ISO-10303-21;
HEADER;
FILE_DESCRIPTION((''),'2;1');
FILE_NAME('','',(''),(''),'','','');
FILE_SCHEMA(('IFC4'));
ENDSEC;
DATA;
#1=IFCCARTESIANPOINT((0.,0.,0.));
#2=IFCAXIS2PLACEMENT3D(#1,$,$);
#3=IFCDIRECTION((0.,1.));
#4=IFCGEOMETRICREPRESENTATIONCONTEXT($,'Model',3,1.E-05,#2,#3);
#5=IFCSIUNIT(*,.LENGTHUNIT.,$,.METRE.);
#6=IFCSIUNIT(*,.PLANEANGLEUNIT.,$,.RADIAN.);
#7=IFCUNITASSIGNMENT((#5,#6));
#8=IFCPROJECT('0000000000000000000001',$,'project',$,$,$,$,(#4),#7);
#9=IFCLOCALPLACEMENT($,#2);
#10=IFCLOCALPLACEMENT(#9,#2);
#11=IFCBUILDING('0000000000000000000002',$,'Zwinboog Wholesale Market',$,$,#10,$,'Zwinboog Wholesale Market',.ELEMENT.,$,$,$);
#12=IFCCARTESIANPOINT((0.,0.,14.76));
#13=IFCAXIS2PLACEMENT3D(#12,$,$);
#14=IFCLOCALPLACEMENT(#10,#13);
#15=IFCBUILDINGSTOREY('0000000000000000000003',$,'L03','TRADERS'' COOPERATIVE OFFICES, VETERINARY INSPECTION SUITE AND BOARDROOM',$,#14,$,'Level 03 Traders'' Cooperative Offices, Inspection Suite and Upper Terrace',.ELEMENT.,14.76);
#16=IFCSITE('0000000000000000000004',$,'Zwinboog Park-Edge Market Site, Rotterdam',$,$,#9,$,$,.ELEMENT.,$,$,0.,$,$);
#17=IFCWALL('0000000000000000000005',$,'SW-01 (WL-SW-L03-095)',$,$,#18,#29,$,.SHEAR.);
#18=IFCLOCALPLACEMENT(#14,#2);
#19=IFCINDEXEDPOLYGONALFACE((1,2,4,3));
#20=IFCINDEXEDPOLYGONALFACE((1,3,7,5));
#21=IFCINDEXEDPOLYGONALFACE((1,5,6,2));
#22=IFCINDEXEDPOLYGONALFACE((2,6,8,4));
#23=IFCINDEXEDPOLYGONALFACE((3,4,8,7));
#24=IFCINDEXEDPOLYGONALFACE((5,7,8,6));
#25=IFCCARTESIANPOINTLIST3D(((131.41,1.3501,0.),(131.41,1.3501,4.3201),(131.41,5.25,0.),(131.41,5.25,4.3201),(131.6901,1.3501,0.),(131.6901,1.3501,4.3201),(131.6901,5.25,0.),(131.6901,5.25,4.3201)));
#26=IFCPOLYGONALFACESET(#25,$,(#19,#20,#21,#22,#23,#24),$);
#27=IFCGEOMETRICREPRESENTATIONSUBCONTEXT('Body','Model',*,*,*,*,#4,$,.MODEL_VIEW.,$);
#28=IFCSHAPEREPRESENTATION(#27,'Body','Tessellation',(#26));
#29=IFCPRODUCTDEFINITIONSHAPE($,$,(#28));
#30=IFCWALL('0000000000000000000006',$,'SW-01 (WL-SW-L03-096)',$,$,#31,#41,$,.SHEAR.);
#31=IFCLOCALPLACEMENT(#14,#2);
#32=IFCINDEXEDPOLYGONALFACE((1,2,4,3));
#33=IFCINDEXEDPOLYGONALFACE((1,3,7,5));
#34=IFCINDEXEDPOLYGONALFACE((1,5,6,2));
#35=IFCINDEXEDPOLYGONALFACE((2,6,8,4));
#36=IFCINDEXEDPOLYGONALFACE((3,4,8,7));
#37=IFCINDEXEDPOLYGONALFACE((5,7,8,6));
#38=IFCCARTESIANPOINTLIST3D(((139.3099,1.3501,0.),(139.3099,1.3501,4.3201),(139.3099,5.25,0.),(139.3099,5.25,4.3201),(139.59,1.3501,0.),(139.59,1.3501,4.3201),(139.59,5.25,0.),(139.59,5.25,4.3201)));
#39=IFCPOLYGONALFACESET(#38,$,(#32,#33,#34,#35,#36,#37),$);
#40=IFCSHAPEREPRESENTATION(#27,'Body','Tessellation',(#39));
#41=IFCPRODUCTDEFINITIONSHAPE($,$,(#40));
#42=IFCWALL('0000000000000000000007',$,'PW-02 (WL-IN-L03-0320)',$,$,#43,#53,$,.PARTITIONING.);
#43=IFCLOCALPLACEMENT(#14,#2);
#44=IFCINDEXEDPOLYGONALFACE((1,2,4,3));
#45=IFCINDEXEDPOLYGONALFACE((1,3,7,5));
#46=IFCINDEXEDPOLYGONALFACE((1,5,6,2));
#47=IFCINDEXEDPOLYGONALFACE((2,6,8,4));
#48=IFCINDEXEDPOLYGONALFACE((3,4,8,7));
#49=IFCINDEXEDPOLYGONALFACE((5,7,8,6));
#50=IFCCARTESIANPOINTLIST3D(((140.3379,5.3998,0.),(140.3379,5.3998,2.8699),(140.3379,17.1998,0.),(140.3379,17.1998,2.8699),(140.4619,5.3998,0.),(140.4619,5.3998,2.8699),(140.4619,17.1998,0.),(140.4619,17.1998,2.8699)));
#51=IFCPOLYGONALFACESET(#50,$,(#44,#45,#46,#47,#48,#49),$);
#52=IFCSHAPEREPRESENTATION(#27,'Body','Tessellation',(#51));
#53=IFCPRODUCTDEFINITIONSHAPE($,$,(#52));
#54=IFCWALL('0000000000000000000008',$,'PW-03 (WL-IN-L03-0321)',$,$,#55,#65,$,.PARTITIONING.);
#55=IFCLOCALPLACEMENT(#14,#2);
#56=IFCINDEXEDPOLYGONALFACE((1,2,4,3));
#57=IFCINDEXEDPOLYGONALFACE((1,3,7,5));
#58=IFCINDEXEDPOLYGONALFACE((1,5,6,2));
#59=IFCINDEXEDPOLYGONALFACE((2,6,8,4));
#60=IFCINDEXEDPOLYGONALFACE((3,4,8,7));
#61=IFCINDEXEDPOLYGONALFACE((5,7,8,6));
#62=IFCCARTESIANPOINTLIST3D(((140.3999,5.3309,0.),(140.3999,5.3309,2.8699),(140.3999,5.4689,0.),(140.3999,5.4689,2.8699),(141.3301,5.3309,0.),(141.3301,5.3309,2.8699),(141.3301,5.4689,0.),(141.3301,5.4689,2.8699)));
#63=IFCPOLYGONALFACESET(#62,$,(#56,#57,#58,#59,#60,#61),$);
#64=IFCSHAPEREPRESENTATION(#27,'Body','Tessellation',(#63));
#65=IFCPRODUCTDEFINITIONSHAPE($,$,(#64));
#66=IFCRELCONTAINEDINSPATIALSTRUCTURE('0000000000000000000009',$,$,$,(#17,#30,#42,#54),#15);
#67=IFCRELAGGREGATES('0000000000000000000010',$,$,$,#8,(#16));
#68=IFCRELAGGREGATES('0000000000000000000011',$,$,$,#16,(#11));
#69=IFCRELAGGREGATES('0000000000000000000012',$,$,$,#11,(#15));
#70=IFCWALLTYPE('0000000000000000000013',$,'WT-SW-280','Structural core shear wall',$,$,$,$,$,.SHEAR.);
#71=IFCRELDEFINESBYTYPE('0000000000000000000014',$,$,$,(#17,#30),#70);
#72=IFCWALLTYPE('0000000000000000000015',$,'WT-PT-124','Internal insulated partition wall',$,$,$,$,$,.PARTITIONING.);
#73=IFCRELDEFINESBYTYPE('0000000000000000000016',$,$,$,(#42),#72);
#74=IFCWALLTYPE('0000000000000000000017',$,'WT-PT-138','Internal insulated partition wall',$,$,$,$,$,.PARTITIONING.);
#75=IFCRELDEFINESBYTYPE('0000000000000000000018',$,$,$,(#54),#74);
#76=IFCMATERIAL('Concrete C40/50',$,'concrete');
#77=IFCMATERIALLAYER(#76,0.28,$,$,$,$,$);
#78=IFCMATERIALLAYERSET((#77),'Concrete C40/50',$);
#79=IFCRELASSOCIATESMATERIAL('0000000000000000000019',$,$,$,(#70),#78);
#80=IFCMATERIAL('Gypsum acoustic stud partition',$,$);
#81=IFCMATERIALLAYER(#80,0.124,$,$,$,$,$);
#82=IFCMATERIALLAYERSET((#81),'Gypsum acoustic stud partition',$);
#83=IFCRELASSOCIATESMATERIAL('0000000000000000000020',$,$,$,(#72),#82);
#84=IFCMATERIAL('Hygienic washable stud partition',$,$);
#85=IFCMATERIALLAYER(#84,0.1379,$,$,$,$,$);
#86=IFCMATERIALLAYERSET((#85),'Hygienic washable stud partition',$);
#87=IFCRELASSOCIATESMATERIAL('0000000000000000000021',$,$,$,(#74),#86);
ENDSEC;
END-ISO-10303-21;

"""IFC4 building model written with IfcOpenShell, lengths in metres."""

from ifc_helpers import new_model, si_unit, direction, frame, frame_2d, origin, place, context, subcontext, project, spatial, rectangle, extrude, material, layer, layer_set, type_object, element, save


model = new_model("IFC4")

# Units and contexts
model_context = context("Model", 3, precision=1e-05, world=origin(), true_north=direction((0.0, 1.0)))
body_context = subcontext(model_context, "Body", "Model", "MODEL_VIEW")
ifc_project = project(units=[si_unit("LENGTHUNIT", "METRE"), si_unit("PLANEANGLEUNIT", "RADIAN")], contexts=[model_context])

# Site, building, storey
site_placement = place(None, origin())
site = spatial("IfcSite", under=ifc_project, at=site_placement, Name="Zwinboog Park-Edge Market Site, Rotterdam", CompositionType="ELEMENT", RefElevation=0.0)
building_placement = place(site_placement, origin())
building = spatial("IfcBuilding", under=site, at=building_placement, Name="Zwinboog Wholesale Market", LongName="Zwinboog Wholesale Market", CompositionType="ELEMENT")
storey_placement = place(building_placement, frame((0.0, 0.0, 14.76)))
storey = spatial("IfcBuildingStorey", under=building, at=storey_placement, Name="L03", Description="TRADERS' COOPERATIVE OFFICES, VETERINARY INSPECTION SUITE AND BOARDROOM", LongName="Level 03 Traders' Cooperative Offices, Inspection Suite and Upper Terrace", CompositionType="ELEMENT", Elevation=14.76)

# Shared definitions
ifc_material_1 = material(Name="Concrete C40/50", Category="concrete")
ifc_layer_1 = layer(ifc_material_1, 0.28)
ifc_layer_set_1 = layer_set([ifc_layer_1], Name="Concrete C40/50")
wall_type_1 = type_object("IfcWallType", Name="WT-SW-280", Description="Structural core shear wall", PredefinedType="SHEAR", material=ifc_layer_set_1)

# Walls
for number, where, z_axis, x_axis, name in (
    (1, (131.55, 1.3501, 0.0), (0.0, 0.0, 1.0), (0.0, 1.0, 0.0), "SW-01 (WL-SW-L03-095)"),
    (2, (139.45, 1.3501, 0.0), (0.0, 0.0, 1.0), (0.0, 1.0, 0.0), "SW-01 (WL-SW-L03-096)"),
):
    element("IfcWall", number, at=place(storey_placement, frame(where, z_axis=z_axis, x_axis=x_axis)), inside=storey, type_object=wall_type_1, Name=name, PredefinedType="SHEAR", context=body_context, shape_type="SweptSolid", body=[
        extrude(rectangle(XDim=3.8999, YDim=0.28, at=frame_2d((1.95, 0.0))), origin(), (0.0, 0.0, 1.0), 4.3201),
    ])
ifc_material_2 = material(Name="Gypsum acoustic stud partition")
ifc_layer_2 = layer(ifc_material_2, 0.124)
ifc_layer_set_2 = layer_set([ifc_layer_2], Name="Gypsum acoustic stud partition")
wall_type_2 = type_object("IfcWallType", Name="WT-PT-124", Description="Internal insulated partition wall", PredefinedType="PARTITIONING", material=ifc_layer_set_2)
wall_1_placement = place(storey_placement, frame((140.3999, 5.3999, 0.0), z_axis=(0.0, 0.0, 1.0), x_axis=(0.0, 1.0, 0.0)))
element("IfcWall", 3, at=wall_1_placement, inside=storey, type_object=wall_type_2, Name="PW-02 (WL-IN-L03-0320)", PredefinedType="PARTITIONING", context=body_context, shape_type="SweptSolid", body=[
    extrude(rectangle(XDim=11.8, YDim=0.124, at=frame_2d((5.8999, 0.0))), origin(), (0.0, 0.0, 1.0), 2.8699),
])
ifc_material_3 = material(Name="Hygienic washable stud partition")
ifc_layer_3 = layer(ifc_material_3, 0.1379)
ifc_layer_set_3 = layer_set([ifc_layer_3], Name="Hygienic washable stud partition")
wall_type_3 = type_object("IfcWallType", Name="WT-PT-138", Description="Internal insulated partition wall", PredefinedType="PARTITIONING", material=ifc_layer_set_3)
wall_2_placement = place(storey_placement, frame((140.3999, 5.3999, 0.0), z_axis=(0.0, 0.0, 1.0), x_axis=(1.0, 0.0, 0.0)))
element("IfcWall", 4, at=wall_2_placement, inside=storey, type_object=wall_type_3, Name="PW-03 (WL-IN-L03-0321)", PredefinedType="PARTITIONING", context=body_context, shape_type="SweptSolid", body=[
    extrude(rectangle(XDim=0.9302, YDim=0.1379, at=frame_2d((0.4651, 0.0))), origin(), (0.0, 0.0, 1.0), 2.8699),
])

save(model, "model.ifc")
